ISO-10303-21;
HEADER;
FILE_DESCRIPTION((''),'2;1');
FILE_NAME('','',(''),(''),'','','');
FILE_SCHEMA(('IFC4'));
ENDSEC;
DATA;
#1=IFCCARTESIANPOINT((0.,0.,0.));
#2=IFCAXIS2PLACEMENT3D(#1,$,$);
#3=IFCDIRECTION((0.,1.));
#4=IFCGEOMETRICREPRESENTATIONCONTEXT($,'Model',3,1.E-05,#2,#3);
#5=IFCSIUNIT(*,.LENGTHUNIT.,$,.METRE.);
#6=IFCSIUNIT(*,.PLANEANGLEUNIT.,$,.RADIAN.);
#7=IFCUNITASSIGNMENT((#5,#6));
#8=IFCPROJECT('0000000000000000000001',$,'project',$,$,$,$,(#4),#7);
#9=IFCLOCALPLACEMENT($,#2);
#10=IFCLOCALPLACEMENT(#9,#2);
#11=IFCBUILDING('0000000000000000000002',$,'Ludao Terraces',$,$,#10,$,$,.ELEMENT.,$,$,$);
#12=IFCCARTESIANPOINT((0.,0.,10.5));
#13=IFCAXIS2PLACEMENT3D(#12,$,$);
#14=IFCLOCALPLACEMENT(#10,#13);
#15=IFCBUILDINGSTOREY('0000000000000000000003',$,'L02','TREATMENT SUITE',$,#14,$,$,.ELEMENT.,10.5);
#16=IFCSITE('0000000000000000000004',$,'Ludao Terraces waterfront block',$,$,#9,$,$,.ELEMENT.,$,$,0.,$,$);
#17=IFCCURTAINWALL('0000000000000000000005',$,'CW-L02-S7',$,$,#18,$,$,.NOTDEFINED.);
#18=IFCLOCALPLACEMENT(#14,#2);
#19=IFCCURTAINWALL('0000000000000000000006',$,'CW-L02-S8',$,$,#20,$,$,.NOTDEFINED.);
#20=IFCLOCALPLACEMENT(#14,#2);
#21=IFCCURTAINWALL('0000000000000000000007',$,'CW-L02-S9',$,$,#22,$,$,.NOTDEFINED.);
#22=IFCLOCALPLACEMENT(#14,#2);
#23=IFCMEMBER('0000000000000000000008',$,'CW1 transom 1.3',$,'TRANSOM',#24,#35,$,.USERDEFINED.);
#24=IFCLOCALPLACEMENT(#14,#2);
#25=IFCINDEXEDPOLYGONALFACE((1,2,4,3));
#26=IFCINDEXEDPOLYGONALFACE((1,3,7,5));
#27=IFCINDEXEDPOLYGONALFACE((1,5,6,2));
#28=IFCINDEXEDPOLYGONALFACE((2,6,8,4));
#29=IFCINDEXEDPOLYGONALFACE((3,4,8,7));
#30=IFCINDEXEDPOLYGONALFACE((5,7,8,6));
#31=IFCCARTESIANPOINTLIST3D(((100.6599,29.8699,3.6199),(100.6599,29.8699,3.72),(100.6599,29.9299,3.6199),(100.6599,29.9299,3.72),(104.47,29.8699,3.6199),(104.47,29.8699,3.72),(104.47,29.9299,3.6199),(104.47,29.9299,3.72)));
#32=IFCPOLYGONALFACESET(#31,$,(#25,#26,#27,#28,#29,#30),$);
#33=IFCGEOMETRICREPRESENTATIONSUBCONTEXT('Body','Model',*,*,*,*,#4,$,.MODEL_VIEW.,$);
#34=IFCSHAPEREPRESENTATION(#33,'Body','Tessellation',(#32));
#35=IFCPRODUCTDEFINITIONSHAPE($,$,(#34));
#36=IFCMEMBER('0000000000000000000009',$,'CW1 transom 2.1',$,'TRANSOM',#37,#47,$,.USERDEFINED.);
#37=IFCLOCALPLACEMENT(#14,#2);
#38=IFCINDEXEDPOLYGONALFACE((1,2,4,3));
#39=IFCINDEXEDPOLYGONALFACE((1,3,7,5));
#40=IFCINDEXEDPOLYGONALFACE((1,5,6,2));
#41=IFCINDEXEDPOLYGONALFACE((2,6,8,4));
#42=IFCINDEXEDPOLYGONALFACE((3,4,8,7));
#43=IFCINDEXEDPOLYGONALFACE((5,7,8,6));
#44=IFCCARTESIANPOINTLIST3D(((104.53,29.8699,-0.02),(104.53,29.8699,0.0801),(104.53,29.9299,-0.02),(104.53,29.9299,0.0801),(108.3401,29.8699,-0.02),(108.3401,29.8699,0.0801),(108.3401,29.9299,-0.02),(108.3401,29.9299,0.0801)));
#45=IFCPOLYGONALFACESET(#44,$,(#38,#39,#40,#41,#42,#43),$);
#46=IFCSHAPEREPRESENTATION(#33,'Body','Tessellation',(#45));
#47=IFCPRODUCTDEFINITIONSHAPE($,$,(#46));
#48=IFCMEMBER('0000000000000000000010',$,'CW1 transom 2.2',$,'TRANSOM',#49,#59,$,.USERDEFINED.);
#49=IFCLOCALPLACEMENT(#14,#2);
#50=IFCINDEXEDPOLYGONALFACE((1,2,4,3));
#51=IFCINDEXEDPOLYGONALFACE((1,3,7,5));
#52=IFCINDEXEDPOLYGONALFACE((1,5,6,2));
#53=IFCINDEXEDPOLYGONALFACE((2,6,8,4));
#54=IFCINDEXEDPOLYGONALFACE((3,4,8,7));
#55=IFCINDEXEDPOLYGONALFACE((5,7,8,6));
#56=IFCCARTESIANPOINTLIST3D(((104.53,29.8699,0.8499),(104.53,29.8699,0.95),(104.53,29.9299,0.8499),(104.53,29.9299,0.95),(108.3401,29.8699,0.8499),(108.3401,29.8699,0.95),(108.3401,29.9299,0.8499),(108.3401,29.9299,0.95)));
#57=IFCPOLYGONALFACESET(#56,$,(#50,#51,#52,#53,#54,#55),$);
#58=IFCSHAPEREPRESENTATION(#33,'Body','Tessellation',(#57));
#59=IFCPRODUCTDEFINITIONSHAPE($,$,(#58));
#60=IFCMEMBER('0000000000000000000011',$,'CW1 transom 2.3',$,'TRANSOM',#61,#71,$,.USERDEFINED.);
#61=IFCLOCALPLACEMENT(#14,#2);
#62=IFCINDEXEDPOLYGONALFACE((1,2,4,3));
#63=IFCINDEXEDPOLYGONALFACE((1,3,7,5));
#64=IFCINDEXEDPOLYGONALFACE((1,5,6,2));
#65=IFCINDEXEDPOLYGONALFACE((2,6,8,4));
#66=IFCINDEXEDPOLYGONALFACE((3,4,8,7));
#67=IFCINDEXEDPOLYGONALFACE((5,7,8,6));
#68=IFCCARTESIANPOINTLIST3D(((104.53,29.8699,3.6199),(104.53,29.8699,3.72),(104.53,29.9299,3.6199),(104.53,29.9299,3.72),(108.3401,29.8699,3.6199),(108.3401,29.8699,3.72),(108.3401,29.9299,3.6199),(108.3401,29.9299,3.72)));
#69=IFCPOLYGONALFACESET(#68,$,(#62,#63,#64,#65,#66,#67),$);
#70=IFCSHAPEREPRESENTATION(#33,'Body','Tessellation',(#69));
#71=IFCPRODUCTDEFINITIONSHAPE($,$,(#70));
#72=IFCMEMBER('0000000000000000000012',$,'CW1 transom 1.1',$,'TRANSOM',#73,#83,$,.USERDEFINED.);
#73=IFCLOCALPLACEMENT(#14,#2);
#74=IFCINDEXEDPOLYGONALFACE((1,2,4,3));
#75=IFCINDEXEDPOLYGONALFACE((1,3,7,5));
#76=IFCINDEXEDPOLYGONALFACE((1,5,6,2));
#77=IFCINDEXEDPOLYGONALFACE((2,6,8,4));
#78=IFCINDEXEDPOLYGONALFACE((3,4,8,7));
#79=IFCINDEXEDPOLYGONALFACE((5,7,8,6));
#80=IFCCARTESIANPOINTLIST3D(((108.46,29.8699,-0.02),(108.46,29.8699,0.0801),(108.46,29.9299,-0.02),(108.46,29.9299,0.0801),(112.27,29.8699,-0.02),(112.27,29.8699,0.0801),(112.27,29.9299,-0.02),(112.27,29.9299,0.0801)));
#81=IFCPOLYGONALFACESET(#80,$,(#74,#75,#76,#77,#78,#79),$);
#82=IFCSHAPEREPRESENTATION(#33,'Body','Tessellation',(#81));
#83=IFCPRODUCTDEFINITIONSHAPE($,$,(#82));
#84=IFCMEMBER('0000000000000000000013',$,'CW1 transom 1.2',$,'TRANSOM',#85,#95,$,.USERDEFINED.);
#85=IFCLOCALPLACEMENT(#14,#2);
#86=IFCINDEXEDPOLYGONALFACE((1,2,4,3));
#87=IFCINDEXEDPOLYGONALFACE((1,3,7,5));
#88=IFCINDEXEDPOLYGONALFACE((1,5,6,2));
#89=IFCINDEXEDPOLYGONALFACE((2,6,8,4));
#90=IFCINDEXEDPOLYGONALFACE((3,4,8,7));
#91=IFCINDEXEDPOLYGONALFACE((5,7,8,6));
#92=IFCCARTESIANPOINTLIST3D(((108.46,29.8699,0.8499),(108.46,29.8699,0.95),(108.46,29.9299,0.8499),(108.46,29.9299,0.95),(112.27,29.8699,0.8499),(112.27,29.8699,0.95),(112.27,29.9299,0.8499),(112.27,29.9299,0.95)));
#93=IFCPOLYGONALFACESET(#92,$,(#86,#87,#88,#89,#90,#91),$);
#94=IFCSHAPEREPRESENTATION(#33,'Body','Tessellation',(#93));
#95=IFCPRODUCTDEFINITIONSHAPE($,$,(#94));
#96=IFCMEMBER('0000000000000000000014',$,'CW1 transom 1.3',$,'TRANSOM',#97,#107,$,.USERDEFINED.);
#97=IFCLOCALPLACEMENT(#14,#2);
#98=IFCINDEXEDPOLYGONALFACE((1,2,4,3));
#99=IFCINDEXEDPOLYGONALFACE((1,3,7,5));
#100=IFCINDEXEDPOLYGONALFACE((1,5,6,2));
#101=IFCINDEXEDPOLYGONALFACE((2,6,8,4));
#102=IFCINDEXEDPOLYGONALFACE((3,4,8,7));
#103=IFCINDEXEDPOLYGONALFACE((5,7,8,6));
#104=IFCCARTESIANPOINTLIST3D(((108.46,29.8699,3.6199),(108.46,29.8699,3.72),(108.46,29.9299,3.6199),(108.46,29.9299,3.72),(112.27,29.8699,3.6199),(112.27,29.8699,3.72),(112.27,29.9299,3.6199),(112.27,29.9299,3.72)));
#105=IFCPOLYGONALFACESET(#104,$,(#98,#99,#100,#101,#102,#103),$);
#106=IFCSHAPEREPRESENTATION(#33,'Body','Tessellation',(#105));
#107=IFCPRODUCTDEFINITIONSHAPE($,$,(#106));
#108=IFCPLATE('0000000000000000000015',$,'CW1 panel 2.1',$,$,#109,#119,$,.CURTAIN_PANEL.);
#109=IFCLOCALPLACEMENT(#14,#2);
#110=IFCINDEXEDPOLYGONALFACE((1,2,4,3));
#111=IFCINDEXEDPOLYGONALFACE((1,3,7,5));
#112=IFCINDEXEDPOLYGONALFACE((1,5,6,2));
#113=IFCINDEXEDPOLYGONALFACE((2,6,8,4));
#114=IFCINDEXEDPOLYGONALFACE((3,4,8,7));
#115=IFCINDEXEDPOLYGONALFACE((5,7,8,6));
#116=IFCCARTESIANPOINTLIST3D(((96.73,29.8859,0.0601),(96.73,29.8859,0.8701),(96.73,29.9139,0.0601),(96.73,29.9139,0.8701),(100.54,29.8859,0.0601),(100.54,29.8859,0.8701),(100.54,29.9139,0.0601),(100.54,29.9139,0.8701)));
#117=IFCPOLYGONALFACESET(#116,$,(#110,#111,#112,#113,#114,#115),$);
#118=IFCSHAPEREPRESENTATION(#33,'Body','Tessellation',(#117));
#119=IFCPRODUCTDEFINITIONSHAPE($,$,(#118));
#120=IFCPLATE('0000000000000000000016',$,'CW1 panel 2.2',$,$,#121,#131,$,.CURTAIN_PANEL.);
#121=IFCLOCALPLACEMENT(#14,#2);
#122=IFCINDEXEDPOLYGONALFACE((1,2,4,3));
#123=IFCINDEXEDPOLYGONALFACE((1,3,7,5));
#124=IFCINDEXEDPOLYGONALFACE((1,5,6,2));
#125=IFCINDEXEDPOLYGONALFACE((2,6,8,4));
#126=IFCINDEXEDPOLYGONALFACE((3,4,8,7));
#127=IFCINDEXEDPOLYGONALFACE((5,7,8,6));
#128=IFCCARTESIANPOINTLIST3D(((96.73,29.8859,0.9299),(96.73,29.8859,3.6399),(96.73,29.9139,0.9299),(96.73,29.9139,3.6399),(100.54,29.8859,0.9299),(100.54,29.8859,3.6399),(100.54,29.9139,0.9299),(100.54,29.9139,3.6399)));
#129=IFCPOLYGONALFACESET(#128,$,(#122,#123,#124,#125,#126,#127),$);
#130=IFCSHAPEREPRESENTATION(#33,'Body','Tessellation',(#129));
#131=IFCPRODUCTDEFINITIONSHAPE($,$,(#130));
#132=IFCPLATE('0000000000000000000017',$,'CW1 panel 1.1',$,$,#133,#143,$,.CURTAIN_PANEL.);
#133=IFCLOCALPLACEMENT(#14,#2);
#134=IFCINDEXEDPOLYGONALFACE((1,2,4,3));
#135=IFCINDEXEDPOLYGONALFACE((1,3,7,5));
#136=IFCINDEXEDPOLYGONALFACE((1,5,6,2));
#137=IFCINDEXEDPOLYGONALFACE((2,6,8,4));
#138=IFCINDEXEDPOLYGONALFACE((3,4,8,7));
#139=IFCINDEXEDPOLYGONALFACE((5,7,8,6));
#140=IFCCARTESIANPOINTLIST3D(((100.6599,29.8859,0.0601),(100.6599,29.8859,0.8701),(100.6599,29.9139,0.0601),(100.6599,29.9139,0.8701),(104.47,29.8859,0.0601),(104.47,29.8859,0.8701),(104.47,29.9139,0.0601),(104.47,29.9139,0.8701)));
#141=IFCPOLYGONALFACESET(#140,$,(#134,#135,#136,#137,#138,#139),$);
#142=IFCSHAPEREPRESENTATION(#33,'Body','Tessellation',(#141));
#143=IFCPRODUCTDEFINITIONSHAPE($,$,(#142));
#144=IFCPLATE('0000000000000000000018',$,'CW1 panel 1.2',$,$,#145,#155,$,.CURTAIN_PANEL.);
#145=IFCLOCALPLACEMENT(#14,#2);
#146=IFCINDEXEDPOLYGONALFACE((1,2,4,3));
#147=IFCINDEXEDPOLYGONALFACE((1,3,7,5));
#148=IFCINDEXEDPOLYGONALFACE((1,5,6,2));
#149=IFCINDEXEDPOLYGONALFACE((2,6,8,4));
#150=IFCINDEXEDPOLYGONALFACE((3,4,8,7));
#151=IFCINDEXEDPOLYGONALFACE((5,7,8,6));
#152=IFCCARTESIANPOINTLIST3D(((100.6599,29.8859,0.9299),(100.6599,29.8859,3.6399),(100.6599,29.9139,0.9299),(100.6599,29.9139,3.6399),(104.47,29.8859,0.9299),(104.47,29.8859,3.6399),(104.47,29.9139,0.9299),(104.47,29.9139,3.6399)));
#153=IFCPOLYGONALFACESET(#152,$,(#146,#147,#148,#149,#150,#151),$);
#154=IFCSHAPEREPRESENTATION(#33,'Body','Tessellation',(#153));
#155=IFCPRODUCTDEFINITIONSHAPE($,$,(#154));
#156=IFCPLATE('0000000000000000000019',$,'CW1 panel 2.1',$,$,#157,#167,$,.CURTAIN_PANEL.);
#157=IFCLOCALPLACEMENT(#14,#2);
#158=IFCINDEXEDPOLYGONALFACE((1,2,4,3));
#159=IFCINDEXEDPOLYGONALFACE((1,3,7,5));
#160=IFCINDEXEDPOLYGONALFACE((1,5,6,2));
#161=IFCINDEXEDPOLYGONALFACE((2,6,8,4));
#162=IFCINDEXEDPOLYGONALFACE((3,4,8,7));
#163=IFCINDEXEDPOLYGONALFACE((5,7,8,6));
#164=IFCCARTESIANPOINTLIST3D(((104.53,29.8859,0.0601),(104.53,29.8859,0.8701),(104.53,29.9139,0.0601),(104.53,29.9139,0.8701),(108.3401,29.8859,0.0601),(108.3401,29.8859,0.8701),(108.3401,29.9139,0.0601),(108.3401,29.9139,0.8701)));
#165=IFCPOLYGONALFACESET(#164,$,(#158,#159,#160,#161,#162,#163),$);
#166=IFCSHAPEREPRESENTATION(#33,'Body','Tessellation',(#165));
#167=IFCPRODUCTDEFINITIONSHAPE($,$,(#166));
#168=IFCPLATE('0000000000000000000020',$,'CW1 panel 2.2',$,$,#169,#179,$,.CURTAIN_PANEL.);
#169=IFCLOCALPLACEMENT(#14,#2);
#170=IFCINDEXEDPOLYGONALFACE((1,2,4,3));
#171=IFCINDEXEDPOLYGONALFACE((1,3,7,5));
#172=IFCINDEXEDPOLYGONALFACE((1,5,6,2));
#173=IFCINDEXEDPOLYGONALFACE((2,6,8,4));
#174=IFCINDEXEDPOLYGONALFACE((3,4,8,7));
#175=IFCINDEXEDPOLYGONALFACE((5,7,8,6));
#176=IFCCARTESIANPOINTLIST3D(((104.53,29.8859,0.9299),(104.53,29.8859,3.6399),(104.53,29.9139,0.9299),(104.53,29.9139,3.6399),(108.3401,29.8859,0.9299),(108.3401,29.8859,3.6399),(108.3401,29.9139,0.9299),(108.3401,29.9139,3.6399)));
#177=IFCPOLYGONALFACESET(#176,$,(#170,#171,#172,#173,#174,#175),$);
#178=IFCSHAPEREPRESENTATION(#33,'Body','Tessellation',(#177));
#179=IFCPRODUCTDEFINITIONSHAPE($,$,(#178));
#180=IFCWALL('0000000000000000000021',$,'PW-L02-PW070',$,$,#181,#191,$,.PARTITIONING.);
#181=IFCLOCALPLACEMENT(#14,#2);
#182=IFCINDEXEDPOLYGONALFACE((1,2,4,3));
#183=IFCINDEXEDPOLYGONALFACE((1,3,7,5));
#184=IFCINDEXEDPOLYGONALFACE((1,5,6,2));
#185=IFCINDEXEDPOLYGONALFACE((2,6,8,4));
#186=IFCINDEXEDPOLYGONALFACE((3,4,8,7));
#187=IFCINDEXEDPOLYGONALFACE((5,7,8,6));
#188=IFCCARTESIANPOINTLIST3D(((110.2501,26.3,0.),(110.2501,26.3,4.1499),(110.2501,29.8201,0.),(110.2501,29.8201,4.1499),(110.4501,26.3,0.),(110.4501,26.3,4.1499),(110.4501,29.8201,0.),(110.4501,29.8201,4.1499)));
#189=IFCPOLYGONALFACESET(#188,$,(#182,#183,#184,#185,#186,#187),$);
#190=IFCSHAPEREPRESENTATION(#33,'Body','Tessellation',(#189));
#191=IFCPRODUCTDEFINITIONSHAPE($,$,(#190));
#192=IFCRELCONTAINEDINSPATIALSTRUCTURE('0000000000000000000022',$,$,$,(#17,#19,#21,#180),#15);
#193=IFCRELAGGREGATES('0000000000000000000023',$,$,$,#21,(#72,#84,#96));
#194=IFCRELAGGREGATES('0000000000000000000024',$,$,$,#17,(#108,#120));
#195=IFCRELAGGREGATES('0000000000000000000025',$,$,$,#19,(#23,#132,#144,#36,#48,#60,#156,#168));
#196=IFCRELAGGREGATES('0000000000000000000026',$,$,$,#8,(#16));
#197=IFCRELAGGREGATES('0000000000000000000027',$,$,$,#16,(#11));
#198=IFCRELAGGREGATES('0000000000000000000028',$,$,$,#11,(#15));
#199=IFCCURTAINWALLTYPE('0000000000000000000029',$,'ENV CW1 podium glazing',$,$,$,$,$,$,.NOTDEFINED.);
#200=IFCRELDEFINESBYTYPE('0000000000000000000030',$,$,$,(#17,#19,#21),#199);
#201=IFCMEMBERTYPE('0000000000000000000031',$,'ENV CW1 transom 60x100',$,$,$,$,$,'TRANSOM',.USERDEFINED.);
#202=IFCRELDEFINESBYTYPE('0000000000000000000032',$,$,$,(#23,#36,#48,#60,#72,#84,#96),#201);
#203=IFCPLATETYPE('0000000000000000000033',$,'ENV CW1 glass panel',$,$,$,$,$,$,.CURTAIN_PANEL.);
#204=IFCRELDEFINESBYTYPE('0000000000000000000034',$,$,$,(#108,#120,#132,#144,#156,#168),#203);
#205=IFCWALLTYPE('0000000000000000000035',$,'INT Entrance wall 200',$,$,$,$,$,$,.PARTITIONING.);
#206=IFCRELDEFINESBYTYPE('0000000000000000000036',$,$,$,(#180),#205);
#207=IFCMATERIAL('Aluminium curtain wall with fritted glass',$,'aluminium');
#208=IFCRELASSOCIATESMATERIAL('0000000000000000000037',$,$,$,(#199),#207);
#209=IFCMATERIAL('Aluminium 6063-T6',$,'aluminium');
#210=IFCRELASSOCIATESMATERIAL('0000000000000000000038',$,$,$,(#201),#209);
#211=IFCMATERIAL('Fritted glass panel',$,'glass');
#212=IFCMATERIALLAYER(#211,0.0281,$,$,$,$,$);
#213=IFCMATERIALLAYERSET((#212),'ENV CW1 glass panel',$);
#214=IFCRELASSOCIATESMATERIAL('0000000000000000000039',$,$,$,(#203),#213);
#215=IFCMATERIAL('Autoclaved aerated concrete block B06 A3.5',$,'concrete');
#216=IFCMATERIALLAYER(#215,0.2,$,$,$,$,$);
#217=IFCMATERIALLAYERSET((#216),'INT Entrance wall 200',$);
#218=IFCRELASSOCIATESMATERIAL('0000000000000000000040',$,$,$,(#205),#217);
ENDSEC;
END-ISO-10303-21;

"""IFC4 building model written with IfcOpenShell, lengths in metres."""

from ifc_helpers import new_model, si_unit, direction, frame, frame_2d, origin, origin_2d, place, context, subcontext, project, spatial, rectangle, extrude, material, layer, layer_set, material_profile, profile_set, type_object, element, aggregate, save


model = new_model("IFC4")

# Units and contexts
model_context = context("Model", 3, precision=1e-05, world=origin(), true_north=direction((0.0, 1.0)))
body_context = subcontext(model_context, "Body", "Model", "MODEL_VIEW")
ifc_project = project(units=[si_unit("LENGTHUNIT", "METRE"), si_unit("PLANEANGLEUNIT", "RADIAN")], contexts=[model_context])

# Site, building, storey
site_placement = place(None, origin())
site = spatial("IfcSite", under=ifc_project, at=site_placement, Name="Ludao Terraces waterfront block", CompositionType="ELEMENT", RefElevation=0.0)
building_placement = place(site_placement, origin())
building = spatial("IfcBuilding", under=site, at=building_placement, Name="Ludao Terraces", CompositionType="ELEMENT")
storey_placement = place(building_placement, frame((0.0, 0.0, 10.5)))
storey = spatial("IfcBuildingStorey", under=building, at=storey_placement, Name="L02", Description="TREATMENT SUITE", CompositionType="ELEMENT", Elevation=10.5)

# Curtain walls
ifc_material_1 = material(Name="Aluminium curtain wall with fritted glass", Category="aluminium")
curtain_wall_type = type_object("IfcCurtainWallType", Name="ENV CW1 podium glazing", PredefinedType="NOTDEFINED", material=ifc_material_1)
curtain_wall_1_placement = place(storey_placement, origin())
curtain_wall_1 = element("IfcCurtainWall", 1, at=curtain_wall_1_placement, inside=storey, type_object=curtain_wall_type, Name="CW-L02-S7", PredefinedType="NOTDEFINED")
ifc_material_2 = material(Name="Aluminium 6063-T6", Category="aluminium")
curtain_wall_2_placement = place(storey_placement, origin())
curtain_wall_2 = element("IfcCurtainWall", 2, at=curtain_wall_2_placement, inside=storey, type_object=curtain_wall_type, Name="CW-L02-S8", PredefinedType="NOTDEFINED")

# Curtain wall
curtain_wall_3_placement = place(storey_placement, origin())
curtain_wall_3 = element("IfcCurtainWall", 3, at=curtain_wall_3_placement, inside=storey, type_object=curtain_wall_type, Name="CW-L02-S9", PredefinedType="NOTDEFINED")

# Members
ifc_material_profile_1 = material_profile(ifc_material_2, rectangle(XDim=0.0601, YDim=0.1001, at=origin_2d()), Name="60 X 100")
ifc_profile_set_1 = profile_set([ifc_material_profile_1], Name="Aluminium 6063-T6")
member_type_1 = type_object("IfcMemberType", Name="ENV CW1 transom 60x100", ElementType="TRANSOM", PredefinedType="USERDEFINED", material=ifc_profile_set_1)
member_1_placement = place(storey_placement, frame((100.6599, 29.8999, 3.6699), z_axis=(1.0, 0.0, 0.0), x_axis=(0.0, 1.0, 0.0)))
member_1 = element("IfcMember", 4, at=member_1_placement, type_object=member_type_1, Name="CW1 transom 1.3", ObjectType="TRANSOM", PredefinedType="USERDEFINED", context=body_context, shape_type="SweptSolid", body=[
    extrude(rectangle(XDim=0.0601, YDim=0.1001, at=origin_2d()), origin(), (0.0, 0.0, 1.0), 3.8101),
])
member_2_placement = place(storey_placement, frame((104.53, 29.8999, 0.03), z_axis=(1.0, 0.0, 0.0), x_axis=(0.0, 1.0, 0.0)))
member_2 = element("IfcMember", 5, at=member_2_placement, type_object=member_type_1, Name="CW1 transom 2.1", ObjectType="TRANSOM", PredefinedType="USERDEFINED", context=body_context, shape_type="SweptSolid", body=[
    extrude(rectangle(XDim=0.0601, YDim=0.1001, at=origin_2d()), origin(), (0.0, 0.0, 1.0), 3.8101),
])
member_3_placement = place(storey_placement, frame((104.53, 29.8999, 0.8999), z_axis=(1.0, 0.0, 0.0), x_axis=(0.0, 1.0, 0.0)))
member_3 = element("IfcMember", 6, at=member_3_placement, type_object=member_type_1, Name="CW1 transom 2.2", ObjectType="TRANSOM", PredefinedType="USERDEFINED", context=body_context, shape_type="SweptSolid", body=[
    extrude(rectangle(XDim=0.0601, YDim=0.1001, at=origin_2d()), origin(), (0.0, 0.0, 1.0), 3.8101),
])
member_4_placement = place(storey_placement, frame((104.53, 29.8999, 3.6699), z_axis=(1.0, 0.0, 0.0), x_axis=(0.0, 1.0, 0.0)))
member_4 = element("IfcMember", 7, at=member_4_placement, type_object=member_type_1, Name="CW1 transom 2.3", ObjectType="TRANSOM", PredefinedType="USERDEFINED", context=body_context, shape_type="SweptSolid", body=[
    extrude(rectangle(XDim=0.0601, YDim=0.1001, at=origin_2d()), origin(), (0.0, 0.0, 1.0), 3.8101),
])
member_5_placement = place(storey_placement, frame((108.46, 29.8999, 0.03), z_axis=(1.0, 0.0, 0.0), x_axis=(0.0, 1.0, 0.0)))
member_5 = element("IfcMember", 8, at=member_5_placement, type_object=member_type_1, Name="CW1 transom 1.1", ObjectType="TRANSOM", PredefinedType="USERDEFINED", context=body_context, shape_type="SweptSolid", body=[
    extrude(rectangle(XDim=0.0601, YDim=0.1001, at=origin_2d()), origin(), (0.0, 0.0, 1.0), 3.8101),
])
member_6_placement = place(storey_placement, frame((108.46, 29.8999, 0.8999), z_axis=(1.0, 0.0, 0.0), x_axis=(0.0, 1.0, 0.0)))
member_6 = element("IfcMember", 9, at=member_6_placement, type_object=member_type_1, Name="CW1 transom 1.2", ObjectType="TRANSOM", PredefinedType="USERDEFINED", context=body_context, shape_type="SweptSolid", body=[
    extrude(rectangle(XDim=0.0601, YDim=0.1001, at=origin_2d()), origin(), (0.0, 0.0, 1.0), 3.8101),
])
member_7_placement = place(storey_placement, frame((108.46, 29.8999, 3.6699), z_axis=(1.0, 0.0, 0.0), x_axis=(0.0, 1.0, 0.0)))
member_7 = element("IfcMember", 10, at=member_7_placement, type_object=member_type_1, Name="CW1 transom 1.3", ObjectType="TRANSOM", PredefinedType="USERDEFINED", context=body_context, shape_type="SweptSolid", body=[
    extrude(rectangle(XDim=0.0601, YDim=0.1001, at=origin_2d()), origin(), (0.0, 0.0, 1.0), 3.8101),
])
aggregate(curtain_wall_3, [member_5, member_6, member_7])

# Plates
ifc_material_3 = material(Name="Fritted glass panel", Category="glass")
ifc_layer_1 = layer(ifc_material_3, 0.0281)
ifc_layer_set_1 = layer_set([ifc_layer_1], Name="ENV CW1 glass panel")
plate_type = type_object("IfcPlateType", Name="ENV CW1 glass panel", PredefinedType="CURTAIN_PANEL", material=ifc_layer_set_1)
plate_1_placement = place(storey_placement, frame((98.635, 29.8999, 0.0601), z_axis=(0.0, 0.0, 1.0), x_axis=(1.0, 0.0, 0.0)))
plate_1 = element("IfcPlate", 11, at=plate_1_placement, type_object=plate_type, Name="CW1 panel 2.1", PredefinedType="CURTAIN_PANEL", context=body_context, shape_type="SweptSolid", body=[
    extrude(rectangle(XDim=3.8101, YDim=0.0281, at=origin_2d()), origin(), (0.0, 0.0, 1.0), 0.8101),
])
plate_2_placement = place(storey_placement, frame((98.635, 29.8999, 0.9299), z_axis=(0.0, 0.0, 1.0), x_axis=(1.0, 0.0, 0.0)))
plate_2 = element("IfcPlate", 12, at=plate_2_placement, type_object=plate_type, Name="CW1 panel 2.2", PredefinedType="CURTAIN_PANEL", context=body_context, shape_type="SweptSolid", body=[
    extrude(rectangle(XDim=3.8101, YDim=0.0281, at=origin_2d()), origin(), (0.0, 0.0, 1.0), 2.71),
])
aggregate(curtain_wall_1, [plate_1, plate_2])
plate_3_placement = place(storey_placement, frame((102.5649, 29.8999, 0.0601), z_axis=(0.0, 0.0, 1.0), x_axis=(1.0, 0.0, 0.0)))
plate_3 = element("IfcPlate", 13, at=plate_3_placement, type_object=plate_type, Name="CW1 panel 1.1", PredefinedType="CURTAIN_PANEL", context=body_context, shape_type="SweptSolid", body=[
    extrude(rectangle(XDim=3.8101, YDim=0.0281, at=origin_2d()), origin(), (0.0, 0.0, 1.0), 0.8101),
])
plate_4_placement = place(storey_placement, frame((102.5649, 29.8999, 0.9299), z_axis=(0.0, 0.0, 1.0), x_axis=(1.0, 0.0, 0.0)))
plate_4 = element("IfcPlate", 14, at=plate_4_placement, type_object=plate_type, Name="CW1 panel 1.2", PredefinedType="CURTAIN_PANEL", context=body_context, shape_type="SweptSolid", body=[
    extrude(rectangle(XDim=3.8101, YDim=0.0281, at=origin_2d()), origin(), (0.0, 0.0, 1.0), 2.71),
])
plate_5_placement = place(storey_placement, frame((106.4351, 29.8999, 0.0601), z_axis=(0.0, 0.0, 1.0), x_axis=(1.0, 0.0, 0.0)))
plate_5 = element("IfcPlate", 15, at=plate_5_placement, type_object=plate_type, Name="CW1 panel 2.1", PredefinedType="CURTAIN_PANEL", context=body_context, shape_type="SweptSolid", body=[
    extrude(rectangle(XDim=3.8101, YDim=0.0281, at=origin_2d()), origin(), (0.0, 0.0, 1.0), 0.8101),
])
plate_6_placement = place(storey_placement, frame((106.4351, 29.8999, 0.9299), z_axis=(0.0, 0.0, 1.0), x_axis=(1.0, 0.0, 0.0)))
plate_6 = element("IfcPlate", 16, at=plate_6_placement, type_object=plate_type, Name="CW1 panel 2.2", PredefinedType="CURTAIN_PANEL", context=body_context, shape_type="SweptSolid", body=[
    extrude(rectangle(XDim=3.8101, YDim=0.0281, at=origin_2d()), origin(), (0.0, 0.0, 1.0), 2.71),
])
aggregate(curtain_wall_2, [member_1, plate_3, plate_4, member_2, member_3, member_4, plate_5, plate_6])

# Wall
ifc_material_4 = material(Name="Autoclaved aerated concrete block B06 A3.5", Category="concrete")
ifc_layer_2 = layer(ifc_material_4, 0.2)
ifc_layer_set_2 = layer_set([ifc_layer_2], Name="INT Entrance wall 200")
wall_type_1 = type_object("IfcWallType", Name="INT Entrance wall 200", PredefinedType="PARTITIONING", material=ifc_layer_set_2)
wall_1_placement = place(storey_placement, frame((110.3501, 26.3, 0.0), z_axis=(0.0, 0.0, 1.0), x_axis=(0.0, 1.0, 0.0)))
element("IfcWall", 17, at=wall_1_placement, inside=storey, type_object=wall_type_1, Name="PW-L02-PW070", PredefinedType="PARTITIONING", context=body_context, shape_type="SweptSolid", body=[
    extrude(rectangle(XDim=3.52, YDim=0.2, at=frame_2d((1.76, 0.0))), origin(), (0.0, 0.0, 1.0), 4.1499),
])

save(model, "model.ifc")
